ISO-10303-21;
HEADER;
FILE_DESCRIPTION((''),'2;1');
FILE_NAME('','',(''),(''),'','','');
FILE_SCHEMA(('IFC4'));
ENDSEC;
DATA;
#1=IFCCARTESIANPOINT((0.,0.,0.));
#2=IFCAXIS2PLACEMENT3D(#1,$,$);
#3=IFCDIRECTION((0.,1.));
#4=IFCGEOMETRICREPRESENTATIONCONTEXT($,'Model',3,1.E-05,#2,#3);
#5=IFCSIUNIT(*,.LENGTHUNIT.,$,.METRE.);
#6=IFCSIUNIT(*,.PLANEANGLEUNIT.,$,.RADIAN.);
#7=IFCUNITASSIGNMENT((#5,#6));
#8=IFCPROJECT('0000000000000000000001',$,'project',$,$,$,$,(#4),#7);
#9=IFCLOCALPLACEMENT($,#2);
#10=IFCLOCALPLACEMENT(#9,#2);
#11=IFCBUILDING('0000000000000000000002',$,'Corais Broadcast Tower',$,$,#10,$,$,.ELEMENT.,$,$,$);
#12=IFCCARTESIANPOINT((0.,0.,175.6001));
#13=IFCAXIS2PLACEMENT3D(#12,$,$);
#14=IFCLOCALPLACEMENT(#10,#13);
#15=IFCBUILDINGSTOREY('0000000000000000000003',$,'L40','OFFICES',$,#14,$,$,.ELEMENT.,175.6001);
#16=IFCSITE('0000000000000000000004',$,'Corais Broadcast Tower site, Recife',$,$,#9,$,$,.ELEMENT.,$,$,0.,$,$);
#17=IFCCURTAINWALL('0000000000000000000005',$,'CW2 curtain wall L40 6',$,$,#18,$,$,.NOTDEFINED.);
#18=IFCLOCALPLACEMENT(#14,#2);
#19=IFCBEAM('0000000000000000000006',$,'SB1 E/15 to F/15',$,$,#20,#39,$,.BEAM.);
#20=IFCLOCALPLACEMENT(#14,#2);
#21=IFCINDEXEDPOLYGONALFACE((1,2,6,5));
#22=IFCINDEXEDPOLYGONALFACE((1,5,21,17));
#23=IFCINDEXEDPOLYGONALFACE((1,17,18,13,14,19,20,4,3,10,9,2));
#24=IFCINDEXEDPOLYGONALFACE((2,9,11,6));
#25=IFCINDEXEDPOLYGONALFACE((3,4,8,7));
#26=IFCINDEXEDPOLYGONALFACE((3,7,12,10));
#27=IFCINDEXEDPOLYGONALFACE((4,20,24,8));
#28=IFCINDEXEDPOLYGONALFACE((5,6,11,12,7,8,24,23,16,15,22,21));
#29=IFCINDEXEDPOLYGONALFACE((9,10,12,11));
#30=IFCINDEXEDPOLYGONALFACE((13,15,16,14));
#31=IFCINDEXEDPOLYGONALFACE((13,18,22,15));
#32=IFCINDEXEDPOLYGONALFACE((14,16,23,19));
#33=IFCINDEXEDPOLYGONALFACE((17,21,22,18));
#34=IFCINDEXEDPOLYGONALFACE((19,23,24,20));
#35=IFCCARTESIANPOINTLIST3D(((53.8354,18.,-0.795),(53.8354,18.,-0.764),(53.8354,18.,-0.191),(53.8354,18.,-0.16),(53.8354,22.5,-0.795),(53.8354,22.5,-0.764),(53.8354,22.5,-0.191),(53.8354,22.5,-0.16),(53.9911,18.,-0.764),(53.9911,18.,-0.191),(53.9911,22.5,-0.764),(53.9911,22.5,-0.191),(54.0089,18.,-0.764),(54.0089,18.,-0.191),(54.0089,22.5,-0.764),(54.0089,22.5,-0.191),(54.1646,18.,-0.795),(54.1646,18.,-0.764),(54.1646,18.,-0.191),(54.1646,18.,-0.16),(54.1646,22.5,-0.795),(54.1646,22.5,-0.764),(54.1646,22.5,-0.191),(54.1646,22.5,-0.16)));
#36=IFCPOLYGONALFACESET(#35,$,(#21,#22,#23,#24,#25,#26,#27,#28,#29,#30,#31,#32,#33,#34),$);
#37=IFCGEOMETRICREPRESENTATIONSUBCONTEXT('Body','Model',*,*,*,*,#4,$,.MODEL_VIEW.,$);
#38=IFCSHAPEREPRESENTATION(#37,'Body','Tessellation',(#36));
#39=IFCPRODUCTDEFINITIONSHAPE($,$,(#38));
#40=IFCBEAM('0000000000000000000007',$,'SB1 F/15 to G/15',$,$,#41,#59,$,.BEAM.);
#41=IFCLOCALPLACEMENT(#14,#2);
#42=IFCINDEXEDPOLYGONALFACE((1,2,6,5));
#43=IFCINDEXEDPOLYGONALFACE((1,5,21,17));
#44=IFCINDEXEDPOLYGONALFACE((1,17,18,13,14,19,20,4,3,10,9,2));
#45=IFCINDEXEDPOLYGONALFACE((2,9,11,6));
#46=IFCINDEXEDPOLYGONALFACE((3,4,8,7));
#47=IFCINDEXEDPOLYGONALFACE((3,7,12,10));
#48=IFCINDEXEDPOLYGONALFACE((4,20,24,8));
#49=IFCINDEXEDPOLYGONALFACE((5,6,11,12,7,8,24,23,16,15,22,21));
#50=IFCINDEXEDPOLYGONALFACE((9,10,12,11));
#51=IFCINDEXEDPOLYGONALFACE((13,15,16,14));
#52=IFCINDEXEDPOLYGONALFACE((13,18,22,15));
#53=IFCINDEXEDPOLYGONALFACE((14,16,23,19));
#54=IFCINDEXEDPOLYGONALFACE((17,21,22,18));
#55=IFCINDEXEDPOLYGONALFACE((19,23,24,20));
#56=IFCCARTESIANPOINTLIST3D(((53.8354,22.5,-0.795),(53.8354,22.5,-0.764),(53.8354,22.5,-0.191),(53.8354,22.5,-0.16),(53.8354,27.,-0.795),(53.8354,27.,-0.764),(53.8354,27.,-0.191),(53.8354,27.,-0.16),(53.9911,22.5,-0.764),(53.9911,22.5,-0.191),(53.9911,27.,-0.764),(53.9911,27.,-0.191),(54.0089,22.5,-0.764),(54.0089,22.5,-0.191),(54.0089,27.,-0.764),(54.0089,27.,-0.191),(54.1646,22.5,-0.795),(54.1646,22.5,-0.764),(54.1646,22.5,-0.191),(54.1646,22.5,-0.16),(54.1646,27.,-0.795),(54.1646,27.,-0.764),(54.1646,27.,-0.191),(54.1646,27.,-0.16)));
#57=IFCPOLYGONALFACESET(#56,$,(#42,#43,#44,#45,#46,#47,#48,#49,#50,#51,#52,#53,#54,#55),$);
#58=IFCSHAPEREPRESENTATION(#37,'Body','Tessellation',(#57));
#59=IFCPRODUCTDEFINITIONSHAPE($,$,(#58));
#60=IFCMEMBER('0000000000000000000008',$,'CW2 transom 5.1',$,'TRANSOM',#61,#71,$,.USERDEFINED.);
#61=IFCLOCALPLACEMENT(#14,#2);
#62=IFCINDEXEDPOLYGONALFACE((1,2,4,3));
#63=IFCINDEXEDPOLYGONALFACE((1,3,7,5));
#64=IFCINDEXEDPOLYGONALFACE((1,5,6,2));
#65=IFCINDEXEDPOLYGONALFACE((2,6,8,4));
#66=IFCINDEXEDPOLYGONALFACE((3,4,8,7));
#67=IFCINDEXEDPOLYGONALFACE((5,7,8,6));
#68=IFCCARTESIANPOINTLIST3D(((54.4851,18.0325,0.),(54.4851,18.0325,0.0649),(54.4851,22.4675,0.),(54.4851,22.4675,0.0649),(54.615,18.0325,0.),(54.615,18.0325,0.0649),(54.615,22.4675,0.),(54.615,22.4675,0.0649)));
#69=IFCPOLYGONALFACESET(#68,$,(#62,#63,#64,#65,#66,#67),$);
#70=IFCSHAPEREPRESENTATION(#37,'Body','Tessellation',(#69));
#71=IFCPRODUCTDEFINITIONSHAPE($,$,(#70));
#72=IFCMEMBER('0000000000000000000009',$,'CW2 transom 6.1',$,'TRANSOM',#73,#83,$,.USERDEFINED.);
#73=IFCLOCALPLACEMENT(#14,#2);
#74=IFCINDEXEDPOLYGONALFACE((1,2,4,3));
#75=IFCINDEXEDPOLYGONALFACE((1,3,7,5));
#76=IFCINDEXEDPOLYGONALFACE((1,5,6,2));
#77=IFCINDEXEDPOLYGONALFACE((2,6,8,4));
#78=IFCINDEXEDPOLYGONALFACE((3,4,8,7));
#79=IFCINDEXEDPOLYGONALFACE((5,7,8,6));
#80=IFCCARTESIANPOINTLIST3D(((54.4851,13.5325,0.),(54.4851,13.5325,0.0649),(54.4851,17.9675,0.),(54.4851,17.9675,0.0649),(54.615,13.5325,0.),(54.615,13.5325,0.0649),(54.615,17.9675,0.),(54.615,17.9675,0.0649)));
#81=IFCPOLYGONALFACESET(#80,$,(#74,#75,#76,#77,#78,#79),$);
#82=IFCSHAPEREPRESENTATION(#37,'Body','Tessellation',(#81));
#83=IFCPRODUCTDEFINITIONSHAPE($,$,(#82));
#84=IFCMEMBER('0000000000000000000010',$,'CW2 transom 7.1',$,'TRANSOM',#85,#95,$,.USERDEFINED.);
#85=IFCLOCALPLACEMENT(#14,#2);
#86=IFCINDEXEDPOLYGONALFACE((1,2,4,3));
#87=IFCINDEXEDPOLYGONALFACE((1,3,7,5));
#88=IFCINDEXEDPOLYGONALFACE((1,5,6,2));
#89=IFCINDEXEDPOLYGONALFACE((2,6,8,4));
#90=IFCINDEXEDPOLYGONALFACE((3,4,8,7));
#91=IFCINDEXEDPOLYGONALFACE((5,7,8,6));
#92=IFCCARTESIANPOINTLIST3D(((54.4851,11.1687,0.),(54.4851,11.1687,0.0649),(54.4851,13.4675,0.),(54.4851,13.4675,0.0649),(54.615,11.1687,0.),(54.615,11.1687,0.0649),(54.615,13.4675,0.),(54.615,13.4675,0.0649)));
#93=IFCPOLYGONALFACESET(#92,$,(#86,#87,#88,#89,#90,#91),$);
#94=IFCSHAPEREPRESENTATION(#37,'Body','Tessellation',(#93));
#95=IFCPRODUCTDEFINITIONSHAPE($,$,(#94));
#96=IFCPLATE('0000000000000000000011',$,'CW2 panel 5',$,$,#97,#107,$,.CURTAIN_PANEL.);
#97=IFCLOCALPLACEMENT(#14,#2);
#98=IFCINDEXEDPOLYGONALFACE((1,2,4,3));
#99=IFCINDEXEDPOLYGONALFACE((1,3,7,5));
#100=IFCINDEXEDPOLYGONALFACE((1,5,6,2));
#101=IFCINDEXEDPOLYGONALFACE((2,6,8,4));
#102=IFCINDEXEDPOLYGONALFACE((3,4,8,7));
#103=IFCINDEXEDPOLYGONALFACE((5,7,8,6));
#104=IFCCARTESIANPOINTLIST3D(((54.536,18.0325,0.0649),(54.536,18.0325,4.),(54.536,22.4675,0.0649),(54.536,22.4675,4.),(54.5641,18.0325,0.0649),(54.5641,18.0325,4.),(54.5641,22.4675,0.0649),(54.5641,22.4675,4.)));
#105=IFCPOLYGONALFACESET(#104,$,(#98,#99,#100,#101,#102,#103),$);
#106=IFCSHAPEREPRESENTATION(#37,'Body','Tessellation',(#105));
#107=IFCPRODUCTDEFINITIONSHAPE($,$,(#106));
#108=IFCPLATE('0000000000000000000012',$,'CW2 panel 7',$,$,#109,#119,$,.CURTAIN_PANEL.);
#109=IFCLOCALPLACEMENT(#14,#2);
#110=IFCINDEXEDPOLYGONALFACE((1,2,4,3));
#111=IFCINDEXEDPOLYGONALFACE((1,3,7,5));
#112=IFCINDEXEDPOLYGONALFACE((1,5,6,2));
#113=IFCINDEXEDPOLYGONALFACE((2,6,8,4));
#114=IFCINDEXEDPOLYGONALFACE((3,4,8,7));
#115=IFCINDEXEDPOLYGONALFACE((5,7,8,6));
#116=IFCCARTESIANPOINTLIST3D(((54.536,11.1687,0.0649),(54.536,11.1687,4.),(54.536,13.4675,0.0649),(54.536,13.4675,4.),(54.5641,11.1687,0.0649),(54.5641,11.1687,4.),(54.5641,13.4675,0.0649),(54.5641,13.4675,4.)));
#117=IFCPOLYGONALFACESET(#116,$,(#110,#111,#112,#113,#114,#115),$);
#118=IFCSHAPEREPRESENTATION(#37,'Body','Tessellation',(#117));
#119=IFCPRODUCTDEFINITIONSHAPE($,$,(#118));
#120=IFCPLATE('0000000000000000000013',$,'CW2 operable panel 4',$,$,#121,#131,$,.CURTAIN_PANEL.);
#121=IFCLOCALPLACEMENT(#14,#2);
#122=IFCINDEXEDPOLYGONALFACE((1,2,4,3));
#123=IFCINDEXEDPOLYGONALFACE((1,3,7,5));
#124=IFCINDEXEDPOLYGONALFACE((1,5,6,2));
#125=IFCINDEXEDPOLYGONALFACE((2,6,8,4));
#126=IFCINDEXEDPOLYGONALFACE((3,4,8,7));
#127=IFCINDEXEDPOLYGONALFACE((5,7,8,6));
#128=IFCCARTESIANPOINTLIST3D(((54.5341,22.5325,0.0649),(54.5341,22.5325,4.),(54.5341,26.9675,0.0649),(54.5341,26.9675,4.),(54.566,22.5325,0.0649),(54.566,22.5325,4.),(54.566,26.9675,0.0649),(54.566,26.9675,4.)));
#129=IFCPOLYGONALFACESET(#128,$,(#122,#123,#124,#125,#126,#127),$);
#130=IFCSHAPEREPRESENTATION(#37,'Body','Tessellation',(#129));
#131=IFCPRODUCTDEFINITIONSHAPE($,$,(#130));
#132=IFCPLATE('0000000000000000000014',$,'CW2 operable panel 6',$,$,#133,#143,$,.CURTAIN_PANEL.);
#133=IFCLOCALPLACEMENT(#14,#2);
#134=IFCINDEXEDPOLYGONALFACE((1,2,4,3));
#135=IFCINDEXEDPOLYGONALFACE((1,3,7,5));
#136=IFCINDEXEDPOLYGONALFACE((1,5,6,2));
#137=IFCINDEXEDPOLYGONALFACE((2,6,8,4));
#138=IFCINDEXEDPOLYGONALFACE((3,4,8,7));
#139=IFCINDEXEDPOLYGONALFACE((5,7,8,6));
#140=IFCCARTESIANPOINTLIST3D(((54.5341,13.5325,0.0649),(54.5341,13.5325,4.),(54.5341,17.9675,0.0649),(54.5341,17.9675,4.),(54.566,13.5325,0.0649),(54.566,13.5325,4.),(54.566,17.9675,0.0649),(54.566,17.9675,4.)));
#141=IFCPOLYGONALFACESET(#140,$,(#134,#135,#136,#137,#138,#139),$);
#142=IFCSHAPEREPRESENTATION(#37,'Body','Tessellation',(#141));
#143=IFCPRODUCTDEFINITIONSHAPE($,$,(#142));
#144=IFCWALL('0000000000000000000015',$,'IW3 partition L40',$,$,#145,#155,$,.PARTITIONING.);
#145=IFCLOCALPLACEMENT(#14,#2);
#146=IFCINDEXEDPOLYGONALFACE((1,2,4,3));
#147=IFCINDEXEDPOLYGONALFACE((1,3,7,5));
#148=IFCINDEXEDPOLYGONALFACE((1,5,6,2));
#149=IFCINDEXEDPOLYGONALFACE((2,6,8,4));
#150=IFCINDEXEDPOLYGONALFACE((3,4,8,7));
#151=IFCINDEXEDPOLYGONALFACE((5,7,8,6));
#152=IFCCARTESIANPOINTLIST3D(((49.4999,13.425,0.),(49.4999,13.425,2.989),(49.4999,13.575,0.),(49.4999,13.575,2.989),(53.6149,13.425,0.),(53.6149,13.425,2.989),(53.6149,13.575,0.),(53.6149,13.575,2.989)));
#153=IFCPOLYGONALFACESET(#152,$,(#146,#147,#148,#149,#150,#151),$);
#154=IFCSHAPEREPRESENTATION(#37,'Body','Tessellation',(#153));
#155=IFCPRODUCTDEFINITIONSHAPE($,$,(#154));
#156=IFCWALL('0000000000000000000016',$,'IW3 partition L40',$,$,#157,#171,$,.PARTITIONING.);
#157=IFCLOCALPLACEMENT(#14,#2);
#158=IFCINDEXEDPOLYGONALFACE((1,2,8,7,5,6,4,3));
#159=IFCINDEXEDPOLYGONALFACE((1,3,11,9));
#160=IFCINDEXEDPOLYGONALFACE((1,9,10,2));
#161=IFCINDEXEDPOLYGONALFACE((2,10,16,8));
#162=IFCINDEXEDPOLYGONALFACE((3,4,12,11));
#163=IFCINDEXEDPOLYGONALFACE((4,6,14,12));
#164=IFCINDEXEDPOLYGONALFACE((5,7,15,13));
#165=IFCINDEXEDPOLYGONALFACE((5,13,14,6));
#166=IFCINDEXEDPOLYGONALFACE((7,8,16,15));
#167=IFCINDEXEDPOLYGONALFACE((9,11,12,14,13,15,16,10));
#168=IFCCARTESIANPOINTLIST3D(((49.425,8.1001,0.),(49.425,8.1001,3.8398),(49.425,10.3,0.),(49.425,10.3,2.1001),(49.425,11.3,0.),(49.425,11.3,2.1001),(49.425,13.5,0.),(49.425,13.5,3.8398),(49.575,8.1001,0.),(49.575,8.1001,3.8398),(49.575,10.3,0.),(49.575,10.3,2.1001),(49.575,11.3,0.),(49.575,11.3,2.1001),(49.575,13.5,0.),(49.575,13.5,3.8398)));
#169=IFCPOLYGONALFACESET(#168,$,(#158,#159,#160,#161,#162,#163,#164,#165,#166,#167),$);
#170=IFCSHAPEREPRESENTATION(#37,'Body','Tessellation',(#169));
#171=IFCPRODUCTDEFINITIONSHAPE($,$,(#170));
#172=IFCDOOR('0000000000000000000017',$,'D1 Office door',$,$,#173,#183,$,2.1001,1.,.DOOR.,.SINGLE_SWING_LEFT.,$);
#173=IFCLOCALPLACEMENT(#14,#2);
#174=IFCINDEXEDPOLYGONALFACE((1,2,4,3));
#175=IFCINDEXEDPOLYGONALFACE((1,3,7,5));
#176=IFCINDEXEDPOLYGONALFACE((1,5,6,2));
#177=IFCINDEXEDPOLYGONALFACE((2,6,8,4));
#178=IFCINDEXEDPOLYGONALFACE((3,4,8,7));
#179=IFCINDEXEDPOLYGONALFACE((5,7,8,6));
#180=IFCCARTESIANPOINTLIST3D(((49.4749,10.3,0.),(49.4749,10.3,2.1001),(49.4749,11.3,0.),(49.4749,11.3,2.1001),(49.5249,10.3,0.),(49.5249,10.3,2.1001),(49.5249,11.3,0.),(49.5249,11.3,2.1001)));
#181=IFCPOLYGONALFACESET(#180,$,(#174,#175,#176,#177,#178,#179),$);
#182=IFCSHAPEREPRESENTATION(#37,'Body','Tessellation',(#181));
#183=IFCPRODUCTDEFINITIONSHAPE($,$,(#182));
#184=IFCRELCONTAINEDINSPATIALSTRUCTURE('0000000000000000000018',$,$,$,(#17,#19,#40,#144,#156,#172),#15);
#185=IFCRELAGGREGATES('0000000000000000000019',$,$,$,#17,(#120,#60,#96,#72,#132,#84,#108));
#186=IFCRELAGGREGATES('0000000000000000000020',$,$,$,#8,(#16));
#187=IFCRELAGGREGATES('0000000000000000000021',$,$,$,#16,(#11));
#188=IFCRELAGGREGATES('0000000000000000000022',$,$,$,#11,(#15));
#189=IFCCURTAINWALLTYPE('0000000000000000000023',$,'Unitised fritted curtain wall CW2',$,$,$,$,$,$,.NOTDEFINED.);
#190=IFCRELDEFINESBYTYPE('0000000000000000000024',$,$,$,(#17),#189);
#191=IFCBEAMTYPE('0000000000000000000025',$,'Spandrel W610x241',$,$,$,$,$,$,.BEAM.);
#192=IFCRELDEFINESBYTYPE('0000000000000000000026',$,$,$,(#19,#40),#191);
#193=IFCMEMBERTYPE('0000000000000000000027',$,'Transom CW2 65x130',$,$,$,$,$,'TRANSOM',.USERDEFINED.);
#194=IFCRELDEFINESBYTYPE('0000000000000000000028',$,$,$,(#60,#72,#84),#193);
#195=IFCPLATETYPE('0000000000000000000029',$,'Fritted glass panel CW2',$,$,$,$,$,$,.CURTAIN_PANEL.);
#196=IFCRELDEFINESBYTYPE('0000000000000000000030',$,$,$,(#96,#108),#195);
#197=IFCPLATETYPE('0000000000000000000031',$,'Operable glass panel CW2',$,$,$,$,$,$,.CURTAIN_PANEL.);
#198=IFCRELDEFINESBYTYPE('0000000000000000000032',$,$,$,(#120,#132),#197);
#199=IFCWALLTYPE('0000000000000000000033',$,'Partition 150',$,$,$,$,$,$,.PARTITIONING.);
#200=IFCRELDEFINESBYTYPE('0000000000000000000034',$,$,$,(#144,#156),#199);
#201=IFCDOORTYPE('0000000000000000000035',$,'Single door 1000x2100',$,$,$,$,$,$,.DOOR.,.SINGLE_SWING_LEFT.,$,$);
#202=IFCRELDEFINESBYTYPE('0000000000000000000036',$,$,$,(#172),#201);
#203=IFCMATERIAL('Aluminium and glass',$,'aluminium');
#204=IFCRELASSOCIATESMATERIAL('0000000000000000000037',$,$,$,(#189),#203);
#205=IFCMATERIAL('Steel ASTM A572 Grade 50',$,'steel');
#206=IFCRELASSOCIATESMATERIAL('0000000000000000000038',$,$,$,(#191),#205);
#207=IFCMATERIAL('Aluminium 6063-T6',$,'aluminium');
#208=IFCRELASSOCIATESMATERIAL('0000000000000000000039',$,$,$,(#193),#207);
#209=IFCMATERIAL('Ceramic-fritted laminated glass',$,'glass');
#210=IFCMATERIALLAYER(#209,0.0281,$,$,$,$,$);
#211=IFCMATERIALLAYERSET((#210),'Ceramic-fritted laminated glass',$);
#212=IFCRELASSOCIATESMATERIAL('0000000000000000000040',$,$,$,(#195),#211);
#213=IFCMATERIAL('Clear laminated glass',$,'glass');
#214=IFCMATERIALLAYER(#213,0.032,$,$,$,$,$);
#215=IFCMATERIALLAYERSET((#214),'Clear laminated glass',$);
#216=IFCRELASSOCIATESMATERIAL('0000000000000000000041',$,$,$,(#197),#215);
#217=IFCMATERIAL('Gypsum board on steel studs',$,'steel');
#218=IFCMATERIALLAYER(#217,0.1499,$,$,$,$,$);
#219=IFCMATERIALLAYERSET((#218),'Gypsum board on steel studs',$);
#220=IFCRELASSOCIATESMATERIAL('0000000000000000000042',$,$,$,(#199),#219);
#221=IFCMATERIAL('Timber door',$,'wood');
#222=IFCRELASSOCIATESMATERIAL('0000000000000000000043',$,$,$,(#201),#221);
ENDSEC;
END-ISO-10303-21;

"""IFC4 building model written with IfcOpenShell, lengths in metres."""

from ifc_helpers import new_model, si_unit, direction, frame, frame_2d, origin, origin_2d, place, context, subcontext, project, spatial, rectangle, i_section, extrude, material, layer, layer_set, material_profile, profile_set, type_object, element, fill, aggregate, save


model = new_model("IFC4")

# Units and contexts
model_context = context("Model", 3, precision=1e-05, world=origin(), true_north=direction((0.0, 1.0)))
body_context = subcontext(model_context, "Body", "Model", "MODEL_VIEW")
ifc_project = project(units=[si_unit("LENGTHUNIT", "METRE"), si_unit("PLANEANGLEUNIT", "RADIAN")], contexts=[model_context])

# Site, building, storey
site_placement = place(None, origin())
site = spatial("IfcSite", under=ifc_project, at=site_placement, Name="Corais Broadcast Tower site, Recife", CompositionType="ELEMENT", RefElevation=0.0)
building_placement = place(site_placement, origin())
building = spatial("IfcBuilding", under=site, at=building_placement, Name="Corais Broadcast Tower", CompositionType="ELEMENT")
storey_placement = place(building_placement, frame((0.0, 0.0, 175.6001)))
storey = spatial("IfcBuildingStorey", under=building, at=storey_placement, Name="L40", Description="OFFICES", CompositionType="ELEMENT", Elevation=175.6001)

# Curtain wall
ifc_material_1 = material(Name="Aluminium and glass", Category="aluminium")
curtain_wall_type = type_object("IfcCurtainWallType", Name="Unitised fritted curtain wall CW2", PredefinedType="NOTDEFINED", material=ifc_material_1)
curtain_wall_placement = place(storey_placement, origin())
curtain_wall = element("IfcCurtainWall", 1, at=curtain_wall_placement, inside=storey, type_object=curtain_wall_type, Name="CW2 curtain wall L40 6", PredefinedType="NOTDEFINED")

# Beams
ifc_material_2 = material(Name="Steel ASTM A572 Grade 50", Category="steel")
ifc_material_profile_1 = material_profile(ifc_material_2, i_section(OverallWidth=0.3291, OverallDepth=0.635, WebThickness=0.0178, FlangeThickness=0.031, at=origin_2d()), Name="W610x241")
ifc_profile_set_1 = profile_set([ifc_material_profile_1], Name="Steel ASTM A572 Grade 50")
beam_type_1 = type_object("IfcBeamType", Name="Spandrel W610x241", PredefinedType="BEAM", material=ifc_profile_set_1)
for number, where, z_axis, x_axis, name in (
    (2, (54.0, 18.0, -0.4775), (0.0, 1.0, 0.0), (-1.0, 0.0, 0.0), "SB1 E/15 to F/15"),
    (3, (54.0, 22.5, -0.4775), (0.0, 1.0, 0.0), (-1.0, 0.0, 0.0), "SB1 F/15 to G/15"),
):
    element("IfcBeam", number, at=place(storey_placement, frame(where, z_axis=z_axis, x_axis=x_axis)), inside=storey, type_object=beam_type_1, Name=name, PredefinedType="BEAM", context=body_context, shape_type="SweptSolid", body=[
        extrude(i_section(OverallWidth=0.3291, OverallDepth=0.635, WebThickness=0.0178, FlangeThickness=0.031, at=origin_2d()), origin(), (0.0, 0.0, 1.0), 4.5),
    ])

# Members
ifc_material_3 = material(Name="Aluminium 6063-T6", Category="aluminium")
ifc_material_profile_2 = material_profile(ifc_material_3, rectangle(XDim=0.1299, YDim=0.0649, at=origin_2d()), Name="Transom CW2 65x130")
ifc_profile_set_2 = profile_set([ifc_material_profile_2], Name="Aluminium 6063-T6")
member_type_1 = type_object("IfcMemberType", Name="Transom CW2 65x130", ElementType="TRANSOM", PredefinedType="USERDEFINED", material=ifc_profile_set_2)
member_1_placement = place(storey_placement, frame((54.55, 22.4675, 0.0325), z_axis=(0.0, -1.0, 0.0), x_axis=(1.0, 0.0, 0.0)))
member_1 = element("IfcMember", 4, at=member_1_placement, type_object=member_type_1, Name="CW2 transom 5.1", ObjectType="TRANSOM", PredefinedType="USERDEFINED", context=body_context, shape_type="SweptSolid", body=[
    extrude(rectangle(XDim=0.1299, YDim=0.0649, at=origin_2d()), origin(), (0.0, 0.0, 1.0), 4.4351),
])
member_2_placement = place(storey_placement, frame((54.55, 17.9675, 0.0325), z_axis=(0.0, -1.0, 0.0), x_axis=(1.0, 0.0, 0.0)))
member_2 = element("IfcMember", 5, at=member_2_placement, type_object=member_type_1, Name="CW2 transom 6.1", ObjectType="TRANSOM", PredefinedType="USERDEFINED", context=body_context, shape_type="SweptSolid", body=[
    extrude(rectangle(XDim=0.1299, YDim=0.0649, at=origin_2d()), origin(), (0.0, 0.0, 1.0), 4.4351),
])
member_3_placement = place(storey_placement, frame((54.55, 13.4675, 0.0325), z_axis=(0.0, -1.0, 0.0), x_axis=(1.0, 0.0, 0.0)))
member_3 = element("IfcMember", 6, at=member_3_placement, type_object=member_type_1, Name="CW2 transom 7.1", ObjectType="TRANSOM", PredefinedType="USERDEFINED", context=body_context, shape_type="SweptSolid", body=[
    extrude(rectangle(XDim=0.1299, YDim=0.0649, at=origin_2d()), origin(), (0.0, 0.0, 1.0), 2.2988),
])

# Plates
ifc_material_4 = material(Name="Ceramic-fritted laminated glass", Category="glass")
ifc_layer_1 = layer(ifc_material_4, 0.0281)
ifc_layer_set_1 = layer_set([ifc_layer_1], Name="Ceramic-fritted laminated glass")
plate_type_1 = type_object("IfcPlateType", Name="Fritted glass panel CW2", PredefinedType="CURTAIN_PANEL", material=ifc_layer_set_1)
plate_1_placement = place(storey_placement, frame((54.55, 20.25, 0.0649), z_axis=(0.0, 0.0, 1.0), x_axis=(0.0, -1.0, 0.0)))
plate_1 = element("IfcPlate", 7, at=plate_1_placement, type_object=plate_type_1, Name="CW2 panel 5", PredefinedType="CURTAIN_PANEL", context=body_context, shape_type="SweptSolid", body=[
    extrude(rectangle(XDim=4.4351, YDim=0.0281, at=origin_2d()), origin(), (0.0, 0.0, 1.0), 3.9351),
])
plate_2_placement = place(storey_placement, frame((54.55, 12.3181, 0.0649), z_axis=(0.0, 0.0, 1.0), x_axis=(0.0, -1.0, 0.0)))
plate_2 = element("IfcPlate", 8, at=plate_2_placement, type_object=plate_type_1, Name="CW2 panel 7", PredefinedType="CURTAIN_PANEL", context=body_context, shape_type="SweptSolid", body=[
    extrude(rectangle(XDim=2.2988, YDim=0.0281, at=origin_2d()), origin(), (0.0, 0.0, 1.0), 3.9351),
])
ifc_material_5 = material(Name="Clear laminated glass", Category="glass")
ifc_layer_2 = layer(ifc_material_5, 0.032)
ifc_layer_set_2 = layer_set([ifc_layer_2], Name="Clear laminated glass")
plate_type_2 = type_object("IfcPlateType", Name="Operable glass panel CW2", PredefinedType="CURTAIN_PANEL", material=ifc_layer_set_2)
plate_3_placement = place(storey_placement, frame((54.55, 24.75, 0.0649), z_axis=(0.0, 0.0, 1.0), x_axis=(0.0, -1.0, 0.0)))
plate_3 = element("IfcPlate", 9, at=plate_3_placement, type_object=plate_type_2, Name="CW2 operable panel 4", PredefinedType="CURTAIN_PANEL", context=body_context, shape_type="SweptSolid", body=[
    extrude(rectangle(XDim=4.4351, YDim=0.032, at=origin_2d()), origin(), (0.0, 0.0, 1.0), 3.9351),
])
plate_4_placement = place(storey_placement, frame((54.55, 15.75, 0.0649), z_axis=(0.0, 0.0, 1.0), x_axis=(0.0, -1.0, 0.0)))
plate_4 = element("IfcPlate", 10, at=plate_4_placement, type_object=plate_type_2, Name="CW2 operable panel 6", PredefinedType="CURTAIN_PANEL", context=body_context, shape_type="SweptSolid", body=[
    extrude(rectangle(XDim=4.4351, YDim=0.032, at=origin_2d()), origin(), (0.0, 0.0, 1.0), 3.9351),
])
aggregate(curtain_wall, [plate_3, member_1, plate_1, member_2, plate_4, member_3, plate_2])

# Wall
ifc_material_6 = material(Name="Gypsum board on steel studs", Category="steel")
ifc_layer_3 = layer(ifc_material_6, 0.1499)
ifc_layer_set_3 = layer_set([ifc_layer_3], Name="Gypsum board on steel studs")
wall_type = type_object("IfcWallType", Name="Partition 150", PredefinedType="PARTITIONING", material=ifc_layer_set_3)
wall_1_placement = place(storey_placement, frame((53.615, 13.5, 0.0), z_axis=(0.0, 0.0, 1.0), x_axis=(-1.0, 0.0, 0.0)))
element("IfcWall", 11, at=wall_1_placement, inside=storey, type_object=wall_type, Name="IW3 partition L40", PredefinedType="PARTITIONING", context=body_context, shape_type="SweptSolid", body=[
    extrude(rectangle(XDim=4.115, YDim=0.1499, at=frame_2d((2.0576, 0.0))), origin(), (0.0, 0.0, 1.0), 2.989),
])

# Wall, opening, door
wall_2_placement = place(storey_placement, frame((49.5, 13.5, 0.0), z_axis=(0.0, 0.0, 1.0), x_axis=(0.0, -1.0, 0.0)))
wall_2 = element("IfcWall", 12, at=wall_2_placement, inside=storey, type_object=wall_type, Name="IW3 partition L40", PredefinedType="PARTITIONING", context=body_context, shape_type="SweptSolid", body=[
    extrude(rectangle(XDim=5.3999, YDim=0.1499, at=frame_2d((2.7, 0.0))), origin(), (0.0, 0.0, 1.0), 3.8398),
])
opening_1_placement = place(wall_2_placement, frame((2.2, 0.0, 0.0)))
opening_1 = element("IfcOpeningElement", 13, at=opening_1_placement, cuts=wall_2, PredefinedType="OPENING", context=body_context, shape_type="SweptSolid", body=[
    extrude(rectangle(XDim=1.0, YDim=2.1001, at=frame_2d((0.5, 1.05))), frame((0.0, 0.085, 0.0), z_axis=(0.0, -1.0, 0.0), x_axis=(1.0, 0.0, 0.0)), (0.0, 0.0, 1.0), 0.1699),
])
ifc_material_7 = material(Name="Timber door", Category="wood")
door_type = type_object("IfcDoorType", Name="Single door 1000x2100", OperationType="SINGLE_SWING_LEFT", PredefinedType="DOOR", material=ifc_material_7)
door_1_placement = place(opening_1_placement, origin())
door_1 = element("IfcDoor", 14, at=door_1_placement, inside=storey, type_object=door_type, Name="D1 Office door", OperationType="SINGLE_SWING_LEFT", OverallHeight=2.1001, OverallWidth=1.0, PredefinedType="DOOR", context=body_context, shape_type="SweptSolid", body=[
    extrude(rectangle(XDim=1.0, YDim=2.1001, at=frame_2d((0.5, 1.05))), frame((0.0, 0.0249, 0.0), z_axis=(0.0, -1.0, 0.0), x_axis=(1.0, 0.0, 0.0)), (0.0, 0.0, 1.0), 0.05),
])
fill(opening_1, door_1)

save(model, "model.ifc")
